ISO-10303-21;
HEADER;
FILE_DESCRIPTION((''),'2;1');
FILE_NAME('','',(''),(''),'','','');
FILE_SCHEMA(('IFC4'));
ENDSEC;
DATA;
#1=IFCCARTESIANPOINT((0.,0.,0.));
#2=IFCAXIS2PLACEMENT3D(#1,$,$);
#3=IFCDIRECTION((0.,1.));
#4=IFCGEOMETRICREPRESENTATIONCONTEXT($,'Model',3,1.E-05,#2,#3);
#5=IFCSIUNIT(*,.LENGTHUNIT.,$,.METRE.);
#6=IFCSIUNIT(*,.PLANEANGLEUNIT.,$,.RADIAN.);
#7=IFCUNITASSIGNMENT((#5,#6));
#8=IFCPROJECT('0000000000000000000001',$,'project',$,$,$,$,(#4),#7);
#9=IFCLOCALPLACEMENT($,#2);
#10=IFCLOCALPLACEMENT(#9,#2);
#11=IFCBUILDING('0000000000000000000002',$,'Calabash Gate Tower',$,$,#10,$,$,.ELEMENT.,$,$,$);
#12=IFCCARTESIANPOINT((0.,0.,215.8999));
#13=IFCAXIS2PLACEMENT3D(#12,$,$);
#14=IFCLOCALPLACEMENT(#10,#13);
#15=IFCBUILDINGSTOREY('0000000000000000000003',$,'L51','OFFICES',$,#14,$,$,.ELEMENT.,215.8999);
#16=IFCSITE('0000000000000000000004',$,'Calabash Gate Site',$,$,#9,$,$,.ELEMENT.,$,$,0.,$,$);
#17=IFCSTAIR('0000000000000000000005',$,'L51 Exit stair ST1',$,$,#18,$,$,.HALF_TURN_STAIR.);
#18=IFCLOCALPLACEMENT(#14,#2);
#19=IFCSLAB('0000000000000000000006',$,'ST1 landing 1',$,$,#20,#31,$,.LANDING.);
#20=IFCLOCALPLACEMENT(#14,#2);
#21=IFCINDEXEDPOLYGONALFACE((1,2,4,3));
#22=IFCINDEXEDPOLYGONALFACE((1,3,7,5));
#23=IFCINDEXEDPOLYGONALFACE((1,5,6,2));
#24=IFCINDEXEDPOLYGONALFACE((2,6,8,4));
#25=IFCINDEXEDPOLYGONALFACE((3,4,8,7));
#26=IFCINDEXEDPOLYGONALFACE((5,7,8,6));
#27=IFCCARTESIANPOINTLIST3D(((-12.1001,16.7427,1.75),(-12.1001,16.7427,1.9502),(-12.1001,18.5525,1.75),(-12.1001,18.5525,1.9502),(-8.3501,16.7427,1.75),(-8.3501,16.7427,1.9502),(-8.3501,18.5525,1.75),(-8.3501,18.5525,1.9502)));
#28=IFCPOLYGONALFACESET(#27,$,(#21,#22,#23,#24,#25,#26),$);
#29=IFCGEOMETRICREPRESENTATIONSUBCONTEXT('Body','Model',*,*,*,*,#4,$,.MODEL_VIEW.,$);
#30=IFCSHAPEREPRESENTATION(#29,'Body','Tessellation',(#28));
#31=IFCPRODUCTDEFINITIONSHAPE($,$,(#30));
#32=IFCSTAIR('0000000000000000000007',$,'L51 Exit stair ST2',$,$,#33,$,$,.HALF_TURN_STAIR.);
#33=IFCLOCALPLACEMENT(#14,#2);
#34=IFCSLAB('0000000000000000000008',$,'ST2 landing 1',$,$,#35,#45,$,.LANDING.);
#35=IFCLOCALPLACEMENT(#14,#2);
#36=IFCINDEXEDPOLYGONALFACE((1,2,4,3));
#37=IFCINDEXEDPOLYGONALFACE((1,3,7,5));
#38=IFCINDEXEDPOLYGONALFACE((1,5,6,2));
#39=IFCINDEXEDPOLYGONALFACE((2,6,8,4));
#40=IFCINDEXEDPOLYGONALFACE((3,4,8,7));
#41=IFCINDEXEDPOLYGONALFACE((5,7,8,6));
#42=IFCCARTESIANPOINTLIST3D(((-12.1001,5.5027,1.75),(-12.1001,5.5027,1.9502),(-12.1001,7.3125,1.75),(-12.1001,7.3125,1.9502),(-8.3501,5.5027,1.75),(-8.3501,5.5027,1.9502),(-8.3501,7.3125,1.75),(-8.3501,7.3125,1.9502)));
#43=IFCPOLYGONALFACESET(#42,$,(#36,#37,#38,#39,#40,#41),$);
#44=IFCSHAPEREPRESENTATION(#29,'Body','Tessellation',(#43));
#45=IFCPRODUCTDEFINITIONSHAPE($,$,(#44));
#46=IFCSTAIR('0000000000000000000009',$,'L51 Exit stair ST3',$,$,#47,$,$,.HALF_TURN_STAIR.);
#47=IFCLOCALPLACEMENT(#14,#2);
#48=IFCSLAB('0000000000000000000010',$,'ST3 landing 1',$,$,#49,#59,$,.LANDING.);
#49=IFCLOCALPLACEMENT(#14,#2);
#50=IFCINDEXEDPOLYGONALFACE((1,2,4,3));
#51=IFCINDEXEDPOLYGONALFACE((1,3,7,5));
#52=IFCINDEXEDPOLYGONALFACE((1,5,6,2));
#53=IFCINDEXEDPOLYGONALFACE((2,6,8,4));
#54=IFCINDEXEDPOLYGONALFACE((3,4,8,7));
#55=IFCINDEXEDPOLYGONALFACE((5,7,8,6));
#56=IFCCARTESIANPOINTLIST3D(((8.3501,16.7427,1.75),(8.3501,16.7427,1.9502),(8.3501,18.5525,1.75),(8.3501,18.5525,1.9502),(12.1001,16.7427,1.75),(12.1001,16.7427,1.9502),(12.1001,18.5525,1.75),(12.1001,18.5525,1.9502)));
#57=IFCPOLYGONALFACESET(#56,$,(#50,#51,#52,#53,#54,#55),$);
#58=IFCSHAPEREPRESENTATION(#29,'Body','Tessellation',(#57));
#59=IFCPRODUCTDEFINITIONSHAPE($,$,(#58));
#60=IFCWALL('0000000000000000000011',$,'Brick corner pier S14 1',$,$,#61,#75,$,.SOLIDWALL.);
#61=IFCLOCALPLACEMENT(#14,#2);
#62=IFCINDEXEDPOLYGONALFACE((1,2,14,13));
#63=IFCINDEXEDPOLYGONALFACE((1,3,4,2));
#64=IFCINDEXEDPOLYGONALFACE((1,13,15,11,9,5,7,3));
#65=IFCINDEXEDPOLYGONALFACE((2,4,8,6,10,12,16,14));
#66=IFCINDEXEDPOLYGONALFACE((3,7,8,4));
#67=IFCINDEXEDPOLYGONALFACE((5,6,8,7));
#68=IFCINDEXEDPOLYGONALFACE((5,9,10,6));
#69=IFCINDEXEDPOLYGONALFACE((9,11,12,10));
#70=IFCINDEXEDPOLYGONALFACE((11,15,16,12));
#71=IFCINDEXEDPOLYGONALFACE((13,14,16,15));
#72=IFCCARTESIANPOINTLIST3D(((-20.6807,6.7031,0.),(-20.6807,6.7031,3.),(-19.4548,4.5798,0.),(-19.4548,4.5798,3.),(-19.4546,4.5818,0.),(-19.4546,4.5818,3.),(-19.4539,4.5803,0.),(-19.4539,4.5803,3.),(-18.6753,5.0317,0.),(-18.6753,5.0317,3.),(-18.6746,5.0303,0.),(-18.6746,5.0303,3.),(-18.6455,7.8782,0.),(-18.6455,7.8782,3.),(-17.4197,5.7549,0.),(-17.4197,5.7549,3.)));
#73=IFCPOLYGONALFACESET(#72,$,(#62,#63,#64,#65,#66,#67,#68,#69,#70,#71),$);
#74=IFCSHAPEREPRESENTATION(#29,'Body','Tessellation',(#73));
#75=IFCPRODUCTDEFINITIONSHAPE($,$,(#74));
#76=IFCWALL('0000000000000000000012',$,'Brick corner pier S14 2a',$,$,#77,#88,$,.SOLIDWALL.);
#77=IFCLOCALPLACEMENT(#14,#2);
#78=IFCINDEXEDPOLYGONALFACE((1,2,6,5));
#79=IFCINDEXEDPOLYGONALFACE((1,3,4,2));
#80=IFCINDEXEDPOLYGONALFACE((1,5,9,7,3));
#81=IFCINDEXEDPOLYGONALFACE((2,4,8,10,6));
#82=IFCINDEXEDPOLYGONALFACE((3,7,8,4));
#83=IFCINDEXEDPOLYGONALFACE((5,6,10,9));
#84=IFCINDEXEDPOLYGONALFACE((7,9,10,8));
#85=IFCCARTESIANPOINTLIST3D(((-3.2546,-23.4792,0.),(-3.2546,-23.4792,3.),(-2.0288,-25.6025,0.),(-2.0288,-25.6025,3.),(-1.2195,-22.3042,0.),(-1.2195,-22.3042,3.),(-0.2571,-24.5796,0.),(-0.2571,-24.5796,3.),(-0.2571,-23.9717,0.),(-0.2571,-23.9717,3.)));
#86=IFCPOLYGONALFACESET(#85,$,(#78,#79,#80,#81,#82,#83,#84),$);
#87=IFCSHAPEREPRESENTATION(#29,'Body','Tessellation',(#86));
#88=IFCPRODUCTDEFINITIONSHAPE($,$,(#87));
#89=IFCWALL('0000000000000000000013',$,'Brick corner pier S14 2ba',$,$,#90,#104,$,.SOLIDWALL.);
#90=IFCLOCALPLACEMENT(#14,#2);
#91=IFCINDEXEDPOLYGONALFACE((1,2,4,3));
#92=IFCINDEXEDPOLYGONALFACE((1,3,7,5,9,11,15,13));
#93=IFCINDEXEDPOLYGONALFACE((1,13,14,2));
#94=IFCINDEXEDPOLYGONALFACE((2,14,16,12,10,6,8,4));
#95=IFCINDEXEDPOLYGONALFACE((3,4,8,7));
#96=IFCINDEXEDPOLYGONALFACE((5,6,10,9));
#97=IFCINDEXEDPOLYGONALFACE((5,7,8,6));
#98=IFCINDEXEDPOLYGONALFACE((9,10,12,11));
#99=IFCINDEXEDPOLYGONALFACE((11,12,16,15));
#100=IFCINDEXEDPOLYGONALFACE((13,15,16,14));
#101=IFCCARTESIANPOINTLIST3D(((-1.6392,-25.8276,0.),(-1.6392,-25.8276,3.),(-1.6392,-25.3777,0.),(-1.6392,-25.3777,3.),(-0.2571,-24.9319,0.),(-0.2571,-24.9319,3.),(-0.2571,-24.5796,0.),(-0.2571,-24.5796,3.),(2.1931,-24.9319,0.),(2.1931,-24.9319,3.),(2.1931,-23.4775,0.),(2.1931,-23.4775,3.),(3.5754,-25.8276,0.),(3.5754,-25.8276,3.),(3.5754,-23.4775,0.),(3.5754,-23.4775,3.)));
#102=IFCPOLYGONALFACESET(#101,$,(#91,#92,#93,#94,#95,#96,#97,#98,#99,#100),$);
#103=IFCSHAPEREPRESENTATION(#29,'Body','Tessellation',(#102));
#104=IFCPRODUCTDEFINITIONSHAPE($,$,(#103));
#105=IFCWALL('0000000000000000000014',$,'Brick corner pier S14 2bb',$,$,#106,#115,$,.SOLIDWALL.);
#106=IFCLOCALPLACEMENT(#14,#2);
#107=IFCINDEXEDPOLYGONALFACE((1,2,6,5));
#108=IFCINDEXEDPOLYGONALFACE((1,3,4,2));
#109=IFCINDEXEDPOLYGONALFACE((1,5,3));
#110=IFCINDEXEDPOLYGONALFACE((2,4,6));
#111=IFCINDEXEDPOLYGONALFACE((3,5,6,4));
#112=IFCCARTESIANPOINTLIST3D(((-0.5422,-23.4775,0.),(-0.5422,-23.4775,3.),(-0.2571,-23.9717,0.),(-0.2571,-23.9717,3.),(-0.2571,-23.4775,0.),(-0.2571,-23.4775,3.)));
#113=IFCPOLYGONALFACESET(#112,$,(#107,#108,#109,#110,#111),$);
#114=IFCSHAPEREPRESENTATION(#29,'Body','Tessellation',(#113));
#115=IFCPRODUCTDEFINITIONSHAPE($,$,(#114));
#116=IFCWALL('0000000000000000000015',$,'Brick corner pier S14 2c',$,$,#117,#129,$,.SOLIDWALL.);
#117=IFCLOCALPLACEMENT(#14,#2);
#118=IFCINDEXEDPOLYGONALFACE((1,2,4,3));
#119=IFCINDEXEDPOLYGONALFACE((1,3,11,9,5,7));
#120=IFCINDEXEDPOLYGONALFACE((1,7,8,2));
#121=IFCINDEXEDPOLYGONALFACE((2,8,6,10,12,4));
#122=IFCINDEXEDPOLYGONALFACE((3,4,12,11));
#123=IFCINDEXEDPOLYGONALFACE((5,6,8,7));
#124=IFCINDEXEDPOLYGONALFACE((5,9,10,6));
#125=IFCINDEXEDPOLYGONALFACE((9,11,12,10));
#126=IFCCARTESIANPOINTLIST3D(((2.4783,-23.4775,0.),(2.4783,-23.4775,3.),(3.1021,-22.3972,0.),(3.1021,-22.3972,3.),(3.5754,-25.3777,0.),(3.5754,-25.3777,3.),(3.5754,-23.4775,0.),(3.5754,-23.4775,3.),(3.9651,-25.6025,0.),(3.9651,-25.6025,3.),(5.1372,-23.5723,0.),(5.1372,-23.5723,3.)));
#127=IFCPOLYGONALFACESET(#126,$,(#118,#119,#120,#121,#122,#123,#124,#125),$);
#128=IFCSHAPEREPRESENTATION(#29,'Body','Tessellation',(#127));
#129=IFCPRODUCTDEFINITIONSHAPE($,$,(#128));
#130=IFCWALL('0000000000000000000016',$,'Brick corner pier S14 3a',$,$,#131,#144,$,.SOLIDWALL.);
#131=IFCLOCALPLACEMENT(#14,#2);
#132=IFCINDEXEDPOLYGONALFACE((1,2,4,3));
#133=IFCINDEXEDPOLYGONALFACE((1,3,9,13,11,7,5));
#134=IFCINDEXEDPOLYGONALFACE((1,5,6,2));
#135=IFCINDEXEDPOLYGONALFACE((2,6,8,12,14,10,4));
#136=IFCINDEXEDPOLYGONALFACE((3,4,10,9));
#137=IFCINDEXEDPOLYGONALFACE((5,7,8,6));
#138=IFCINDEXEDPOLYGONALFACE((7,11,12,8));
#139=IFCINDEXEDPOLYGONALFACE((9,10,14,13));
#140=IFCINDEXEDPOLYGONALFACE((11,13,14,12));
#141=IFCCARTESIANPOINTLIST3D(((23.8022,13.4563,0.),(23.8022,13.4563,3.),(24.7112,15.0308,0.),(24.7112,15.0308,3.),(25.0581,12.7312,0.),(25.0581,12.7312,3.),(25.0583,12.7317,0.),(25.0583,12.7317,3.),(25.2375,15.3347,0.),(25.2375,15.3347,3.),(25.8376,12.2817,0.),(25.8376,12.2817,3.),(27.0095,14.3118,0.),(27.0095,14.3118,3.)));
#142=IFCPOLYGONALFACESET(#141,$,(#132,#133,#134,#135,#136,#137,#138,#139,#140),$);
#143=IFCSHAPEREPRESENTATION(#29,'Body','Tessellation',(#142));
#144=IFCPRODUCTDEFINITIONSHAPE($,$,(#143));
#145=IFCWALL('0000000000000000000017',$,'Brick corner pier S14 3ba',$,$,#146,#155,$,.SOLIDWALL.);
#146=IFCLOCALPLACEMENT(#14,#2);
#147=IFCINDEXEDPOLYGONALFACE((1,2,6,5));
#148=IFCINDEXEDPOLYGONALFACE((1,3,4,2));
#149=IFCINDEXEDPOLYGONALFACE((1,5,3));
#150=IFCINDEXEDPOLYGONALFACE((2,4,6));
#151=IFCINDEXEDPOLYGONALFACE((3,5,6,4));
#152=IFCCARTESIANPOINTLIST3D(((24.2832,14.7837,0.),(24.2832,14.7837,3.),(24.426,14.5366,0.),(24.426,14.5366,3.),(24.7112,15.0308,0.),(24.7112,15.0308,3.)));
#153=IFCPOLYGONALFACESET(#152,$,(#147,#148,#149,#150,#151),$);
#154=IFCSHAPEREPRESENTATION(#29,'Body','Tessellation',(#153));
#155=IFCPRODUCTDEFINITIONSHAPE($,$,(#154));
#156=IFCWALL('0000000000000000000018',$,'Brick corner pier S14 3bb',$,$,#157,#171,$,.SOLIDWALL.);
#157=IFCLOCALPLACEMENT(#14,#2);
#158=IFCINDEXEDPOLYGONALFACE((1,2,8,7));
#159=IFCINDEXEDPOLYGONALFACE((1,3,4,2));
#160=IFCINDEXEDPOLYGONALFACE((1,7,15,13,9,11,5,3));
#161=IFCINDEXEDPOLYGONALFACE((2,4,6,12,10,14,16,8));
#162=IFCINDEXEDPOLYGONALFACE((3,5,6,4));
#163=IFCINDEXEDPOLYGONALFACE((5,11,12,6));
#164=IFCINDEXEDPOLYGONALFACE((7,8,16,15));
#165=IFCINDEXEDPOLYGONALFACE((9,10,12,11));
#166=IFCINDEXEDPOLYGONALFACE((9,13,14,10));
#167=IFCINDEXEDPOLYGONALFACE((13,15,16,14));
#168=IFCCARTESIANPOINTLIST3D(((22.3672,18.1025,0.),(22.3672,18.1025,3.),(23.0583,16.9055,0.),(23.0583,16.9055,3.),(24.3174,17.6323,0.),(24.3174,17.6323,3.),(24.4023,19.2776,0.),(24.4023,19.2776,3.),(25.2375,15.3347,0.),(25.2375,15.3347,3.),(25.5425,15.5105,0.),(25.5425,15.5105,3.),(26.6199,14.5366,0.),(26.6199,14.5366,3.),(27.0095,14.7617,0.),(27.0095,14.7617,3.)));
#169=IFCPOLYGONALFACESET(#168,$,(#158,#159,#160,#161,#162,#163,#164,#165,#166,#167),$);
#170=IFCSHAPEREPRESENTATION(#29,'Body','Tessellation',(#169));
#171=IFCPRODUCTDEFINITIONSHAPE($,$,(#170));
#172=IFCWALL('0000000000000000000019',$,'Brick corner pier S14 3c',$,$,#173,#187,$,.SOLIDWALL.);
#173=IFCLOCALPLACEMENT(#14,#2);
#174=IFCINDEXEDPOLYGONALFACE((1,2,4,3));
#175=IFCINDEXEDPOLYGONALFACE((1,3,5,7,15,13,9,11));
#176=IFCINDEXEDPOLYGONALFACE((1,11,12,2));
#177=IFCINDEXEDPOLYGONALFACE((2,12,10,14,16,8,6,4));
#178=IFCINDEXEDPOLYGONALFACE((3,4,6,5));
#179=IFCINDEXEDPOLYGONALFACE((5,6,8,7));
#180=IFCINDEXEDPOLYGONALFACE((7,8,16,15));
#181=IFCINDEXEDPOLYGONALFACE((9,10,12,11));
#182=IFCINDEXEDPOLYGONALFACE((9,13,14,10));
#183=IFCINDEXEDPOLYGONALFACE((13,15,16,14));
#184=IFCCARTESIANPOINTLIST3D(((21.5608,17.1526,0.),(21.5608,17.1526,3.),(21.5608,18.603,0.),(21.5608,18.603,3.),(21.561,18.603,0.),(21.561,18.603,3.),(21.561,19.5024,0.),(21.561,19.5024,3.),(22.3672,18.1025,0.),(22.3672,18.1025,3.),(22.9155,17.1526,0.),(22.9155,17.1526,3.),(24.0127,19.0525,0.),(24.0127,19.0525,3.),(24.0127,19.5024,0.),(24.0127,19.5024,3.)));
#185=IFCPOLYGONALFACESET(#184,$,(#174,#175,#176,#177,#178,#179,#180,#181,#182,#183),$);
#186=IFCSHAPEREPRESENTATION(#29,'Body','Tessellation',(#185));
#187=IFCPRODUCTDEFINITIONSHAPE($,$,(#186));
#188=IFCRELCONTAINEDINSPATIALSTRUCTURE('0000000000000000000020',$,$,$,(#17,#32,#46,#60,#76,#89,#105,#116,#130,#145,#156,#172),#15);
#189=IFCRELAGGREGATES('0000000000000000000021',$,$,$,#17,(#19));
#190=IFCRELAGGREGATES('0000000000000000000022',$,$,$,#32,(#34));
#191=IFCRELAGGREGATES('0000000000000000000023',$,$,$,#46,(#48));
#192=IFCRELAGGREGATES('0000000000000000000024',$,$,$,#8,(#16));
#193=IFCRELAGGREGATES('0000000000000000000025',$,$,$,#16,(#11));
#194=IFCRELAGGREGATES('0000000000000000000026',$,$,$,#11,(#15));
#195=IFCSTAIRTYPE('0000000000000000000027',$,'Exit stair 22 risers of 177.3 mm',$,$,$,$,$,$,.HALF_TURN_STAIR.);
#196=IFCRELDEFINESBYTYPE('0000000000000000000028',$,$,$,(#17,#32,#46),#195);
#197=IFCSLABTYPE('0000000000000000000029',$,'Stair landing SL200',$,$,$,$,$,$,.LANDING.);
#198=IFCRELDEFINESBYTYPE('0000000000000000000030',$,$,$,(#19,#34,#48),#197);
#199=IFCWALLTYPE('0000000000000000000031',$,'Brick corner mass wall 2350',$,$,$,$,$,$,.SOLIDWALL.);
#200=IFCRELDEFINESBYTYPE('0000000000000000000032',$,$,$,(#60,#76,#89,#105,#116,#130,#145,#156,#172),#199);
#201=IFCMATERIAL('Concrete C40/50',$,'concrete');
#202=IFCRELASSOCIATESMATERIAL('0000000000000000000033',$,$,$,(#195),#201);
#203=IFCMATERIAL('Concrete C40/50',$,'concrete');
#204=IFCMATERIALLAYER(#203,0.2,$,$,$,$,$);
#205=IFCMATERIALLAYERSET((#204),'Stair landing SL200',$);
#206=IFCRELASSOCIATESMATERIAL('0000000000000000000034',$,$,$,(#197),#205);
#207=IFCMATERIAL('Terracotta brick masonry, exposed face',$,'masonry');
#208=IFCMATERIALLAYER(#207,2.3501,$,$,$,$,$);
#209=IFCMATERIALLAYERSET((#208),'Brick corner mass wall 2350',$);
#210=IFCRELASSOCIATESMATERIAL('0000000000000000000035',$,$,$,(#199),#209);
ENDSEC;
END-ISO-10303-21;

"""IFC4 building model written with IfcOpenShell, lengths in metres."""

from ifc_helpers import new_model, si_unit, direction, frame, origin, place, context, subcontext, project, spatial, polyline, outline, extrude, material, layer, layer_set, type_object, element, aggregate, save


model = new_model("IFC4")

# Units and contexts
model_context = context("Model", 3, precision=1e-05, world=origin(), true_north=direction((0.0, 1.0)))
body_context = subcontext(model_context, "Body", "Model", "MODEL_VIEW")
ifc_project = project(units=[si_unit("LENGTHUNIT", "METRE"), si_unit("PLANEANGLEUNIT", "RADIAN")], contexts=[model_context])

# Site, building, storey
site_placement = place(None, origin())
site = spatial("IfcSite", under=ifc_project, at=site_placement, Name="Calabash Gate Site", CompositionType="ELEMENT", RefElevation=0.0)
building_placement = place(site_placement, origin())
building = spatial("IfcBuilding", under=site, at=building_placement, Name="Calabash Gate Tower", CompositionType="ELEMENT")
storey_placement = place(building_placement, frame((0.0, 0.0, 215.8999)))
storey = spatial("IfcBuildingStorey", under=building, at=storey_placement, Name="L51", Description="OFFICES", CompositionType="ELEMENT", Elevation=215.8999)

# Stairs, slabs
ifc_material_1 = material(Name="Concrete C40/50", Category="concrete")
stair_type = type_object("IfcStairType", Name="Exit stair 22 risers of 177.3 mm", PredefinedType="HALF_TURN_STAIR", material=ifc_material_1)
stair_1_placement = place(storey_placement, origin())
stair_1 = element("IfcStair", 1, at=stair_1_placement, inside=storey, type_object=stair_type, Name="L51 Exit stair ST1", PredefinedType="HALF_TURN_STAIR")
ifc_material_2 = material(Name="Concrete C40/50", Category="concrete")
ifc_layer_1 = layer(ifc_material_2, 0.2)
ifc_layer_set_1 = layer_set([ifc_layer_1], Name="Stair landing SL200")
slab_type = type_object("IfcSlabType", Name="Stair landing SL200", PredefinedType="LANDING", material=ifc_layer_set_1)
slab_1_placement = place(storey_placement, frame((0.0, 0.0, 1.75)))
slab_1 = element("IfcSlab", 2, at=slab_1_placement, type_object=slab_type, Name="ST1 landing 1", PredefinedType="LANDING", context=body_context, shape_type="SweptSolid", body=[
    extrude(outline(polyline([(-8.3501, 16.7427), (-8.3501, 18.5525), (-12.1001, 18.5525), (-12.1001, 16.7427), (-8.3501, 16.7427)])), origin(), (0.0, 0.0, 1.0), 0.2002),
])
aggregate(stair_1, [slab_1])
stair_2_placement = place(storey_placement, origin())
stair_2 = element("IfcStair", 3, at=stair_2_placement, inside=storey, type_object=stair_type, Name="L51 Exit stair ST2", PredefinedType="HALF_TURN_STAIR")
slab_2_placement = place(storey_placement, frame((0.0, 0.0, 1.75)))
slab_2 = element("IfcSlab", 4, at=slab_2_placement, type_object=slab_type, Name="ST2 landing 1", PredefinedType="LANDING", context=body_context, shape_type="SweptSolid", body=[
    extrude(outline(polyline([(-12.1001, 7.3125), (-12.1001, 5.5027), (-8.3501, 5.5027), (-8.3501, 7.3125), (-12.1001, 7.3125)])), origin(), (0.0, 0.0, 1.0), 0.2002),
])
aggregate(stair_2, [slab_2])
stair_3_placement = place(storey_placement, origin())
stair_3 = element("IfcStair", 5, at=stair_3_placement, inside=storey, type_object=stair_type, Name="L51 Exit stair ST3", PredefinedType="HALF_TURN_STAIR")
slab_3_placement = place(storey_placement, frame((0.0, 0.0, 1.75)))
slab_3 = element("IfcSlab", 6, at=slab_3_placement, type_object=slab_type, Name="ST3 landing 1", PredefinedType="LANDING", context=body_context, shape_type="SweptSolid", body=[
    extrude(outline(polyline([(12.1001, 16.7427), (12.1001, 18.5525), (8.3501, 18.5525), (8.3501, 16.7427), (12.1001, 16.7427)])), origin(), (0.0, 0.0, 1.0), 0.2002),
])
aggregate(stair_3, [slab_3])

# Walls
ifc_material_3 = material(Name="Terracotta brick masonry, exposed face", Category="masonry")
ifc_layer_2 = layer(ifc_material_3, 2.3501)
ifc_layer_set_2 = layer_set([ifc_layer_2], Name="Brick corner mass wall 2350")
wall_type_1 = type_object("IfcWallType", Name="Brick corner mass wall 2350", PredefinedType="SOLIDWALL", material=ifc_layer_set_2)
wall_1_placement = place(storey_placement, origin())
element("IfcWall", 7, at=wall_1_placement, inside=storey, type_object=wall_type_1, Name="Brick corner pier S14 1", PredefinedType="SOLIDWALL", context=body_context, shape_type="SweptSolid", body=[
    extrude(outline(polyline([(-19.4546, 4.5818), (-18.6753, 5.0317), (-18.6746, 5.0303), (-17.4197, 5.7549), (-18.6455, 7.8782), (-20.6807, 6.7031), (-19.4548, 4.5798), (-19.4539, 4.5803), (-19.4546, 4.5818)])), origin(), (0.0, 0.0, 1.0), 3.0),
])
wall_2_placement = place(storey_placement, origin())
element("IfcWall", 8, at=wall_2_placement, inside=storey, type_object=wall_type_1, Name="Brick corner pier S14 2a", PredefinedType="SOLIDWALL", context=body_context, shape_type="SweptSolid", body=[
    extrude(outline(polyline([(-0.2571, -23.9717), (-1.2195, -22.3042), (-3.2546, -23.4792), (-2.0288, -25.6025), (-0.2571, -24.5796), (-0.2571, -23.9717)])), origin(), (0.0, 0.0, 1.0), 3.0),
])
wall_3_placement = place(storey_placement, origin())
element("IfcWall", 9, at=wall_3_placement, inside=storey, type_object=wall_type_1, Name="Brick corner pier S14 2ba", PredefinedType="SOLIDWALL", context=body_context, shape_type="SweptSolid", body=[
    extrude(outline(polyline([(2.1931, -23.4775), (2.1931, -24.9319), (-0.2571, -24.9319), (-0.2571, -24.5796), (-1.6392, -25.3777), (-1.6392, -25.8276), (3.5754, -25.8276), (3.5754, -23.4775), (2.1931, -23.4775)])), origin(), (0.0, 0.0, 1.0), 3.0),
])
wall_4_placement = place(storey_placement, origin())
element("IfcWall", 10, at=wall_4_placement, inside=storey, type_object=wall_type_1, Name="Brick corner pier S14 2bb", PredefinedType="SOLIDWALL", context=body_context, shape_type="SweptSolid", body=[
    extrude(outline(polyline([(-0.5422, -23.4775), (-0.2571, -23.9717), (-0.2571, -23.4775), (-0.5422, -23.4775)])), origin(), (0.0, 0.0, 1.0), 3.0),
])
wall_5_placement = place(storey_placement, origin())
element("IfcWall", 11, at=wall_5_placement, inside=storey, type_object=wall_type_1, Name="Brick corner pier S14 2c", PredefinedType="SOLIDWALL", context=body_context, shape_type="SweptSolid", body=[
    extrude(outline(polyline([(5.1372, -23.5723), (3.1021, -22.3972), (2.4783, -23.4775), (3.5754, -23.4775), (3.5754, -25.3777), (3.9651, -25.6025), (5.1372, -23.5723)])), origin(), (0.0, 0.0, 1.0), 3.0),
])
wall_6_placement = place(storey_placement, origin())
element("IfcWall", 12, at=wall_6_placement, inside=storey, type_object=wall_type_1, Name="Brick corner pier S14 3a", PredefinedType="SOLIDWALL", context=body_context, shape_type="SweptSolid", body=[
    extrude(outline(polyline([(23.8022, 13.4563), (25.0581, 12.7312), (25.0583, 12.7317), (25.8376, 12.2817), (27.0095, 14.3118), (25.2375, 15.3347), (24.7112, 15.0308), (23.8022, 13.4563)])), origin(), (0.0, 0.0, 1.0), 3.0),
])
wall_7_placement = place(storey_placement, origin())
element("IfcWall", 13, at=wall_7_placement, inside=storey, type_object=wall_type_1, Name="Brick corner pier S14 3ba", PredefinedType="SOLIDWALL", context=body_context, shape_type="SweptSolid", body=[
    extrude(outline(polyline([(24.426, 14.5366), (24.7112, 15.0308), (24.2832, 14.7837), (24.426, 14.5366)])), origin(), (0.0, 0.0, 1.0), 3.0),
])
wall_8_placement = place(storey_placement, origin())
element("IfcWall", 14, at=wall_8_placement, inside=storey, type_object=wall_type_1, Name="Brick corner pier S14 3bb", PredefinedType="SOLIDWALL", context=body_context, shape_type="SweptSolid", body=[
    extrude(outline(polyline([(24.3174, 17.6323), (25.5425, 15.5105), (25.2375, 15.3347), (26.6199, 14.5366), (27.0095, 14.7617), (24.4023, 19.2776), (22.3672, 18.1025), (23.0583, 16.9055), (24.3174, 17.6323)])), origin(), (0.0, 0.0, 1.0), 3.0),
])
wall_9_placement = place(storey_placement, origin())
element("IfcWall", 15, at=wall_9_placement, inside=storey, type_object=wall_type_1, Name="Brick corner pier S14 3c", PredefinedType="SOLIDWALL", context=body_context, shape_type="SweptSolid", body=[
    extrude(outline(polyline([(21.5608, 18.603), (21.5608, 17.1526), (22.9155, 17.1526), (22.3672, 18.1025), (24.0127, 19.0525), (24.0127, 19.5024), (21.561, 19.5024), (21.561, 18.603), (21.5608, 18.603)])), origin(), (0.0, 0.0, 1.0), 3.0),
])

save(model, "model.ifc")
